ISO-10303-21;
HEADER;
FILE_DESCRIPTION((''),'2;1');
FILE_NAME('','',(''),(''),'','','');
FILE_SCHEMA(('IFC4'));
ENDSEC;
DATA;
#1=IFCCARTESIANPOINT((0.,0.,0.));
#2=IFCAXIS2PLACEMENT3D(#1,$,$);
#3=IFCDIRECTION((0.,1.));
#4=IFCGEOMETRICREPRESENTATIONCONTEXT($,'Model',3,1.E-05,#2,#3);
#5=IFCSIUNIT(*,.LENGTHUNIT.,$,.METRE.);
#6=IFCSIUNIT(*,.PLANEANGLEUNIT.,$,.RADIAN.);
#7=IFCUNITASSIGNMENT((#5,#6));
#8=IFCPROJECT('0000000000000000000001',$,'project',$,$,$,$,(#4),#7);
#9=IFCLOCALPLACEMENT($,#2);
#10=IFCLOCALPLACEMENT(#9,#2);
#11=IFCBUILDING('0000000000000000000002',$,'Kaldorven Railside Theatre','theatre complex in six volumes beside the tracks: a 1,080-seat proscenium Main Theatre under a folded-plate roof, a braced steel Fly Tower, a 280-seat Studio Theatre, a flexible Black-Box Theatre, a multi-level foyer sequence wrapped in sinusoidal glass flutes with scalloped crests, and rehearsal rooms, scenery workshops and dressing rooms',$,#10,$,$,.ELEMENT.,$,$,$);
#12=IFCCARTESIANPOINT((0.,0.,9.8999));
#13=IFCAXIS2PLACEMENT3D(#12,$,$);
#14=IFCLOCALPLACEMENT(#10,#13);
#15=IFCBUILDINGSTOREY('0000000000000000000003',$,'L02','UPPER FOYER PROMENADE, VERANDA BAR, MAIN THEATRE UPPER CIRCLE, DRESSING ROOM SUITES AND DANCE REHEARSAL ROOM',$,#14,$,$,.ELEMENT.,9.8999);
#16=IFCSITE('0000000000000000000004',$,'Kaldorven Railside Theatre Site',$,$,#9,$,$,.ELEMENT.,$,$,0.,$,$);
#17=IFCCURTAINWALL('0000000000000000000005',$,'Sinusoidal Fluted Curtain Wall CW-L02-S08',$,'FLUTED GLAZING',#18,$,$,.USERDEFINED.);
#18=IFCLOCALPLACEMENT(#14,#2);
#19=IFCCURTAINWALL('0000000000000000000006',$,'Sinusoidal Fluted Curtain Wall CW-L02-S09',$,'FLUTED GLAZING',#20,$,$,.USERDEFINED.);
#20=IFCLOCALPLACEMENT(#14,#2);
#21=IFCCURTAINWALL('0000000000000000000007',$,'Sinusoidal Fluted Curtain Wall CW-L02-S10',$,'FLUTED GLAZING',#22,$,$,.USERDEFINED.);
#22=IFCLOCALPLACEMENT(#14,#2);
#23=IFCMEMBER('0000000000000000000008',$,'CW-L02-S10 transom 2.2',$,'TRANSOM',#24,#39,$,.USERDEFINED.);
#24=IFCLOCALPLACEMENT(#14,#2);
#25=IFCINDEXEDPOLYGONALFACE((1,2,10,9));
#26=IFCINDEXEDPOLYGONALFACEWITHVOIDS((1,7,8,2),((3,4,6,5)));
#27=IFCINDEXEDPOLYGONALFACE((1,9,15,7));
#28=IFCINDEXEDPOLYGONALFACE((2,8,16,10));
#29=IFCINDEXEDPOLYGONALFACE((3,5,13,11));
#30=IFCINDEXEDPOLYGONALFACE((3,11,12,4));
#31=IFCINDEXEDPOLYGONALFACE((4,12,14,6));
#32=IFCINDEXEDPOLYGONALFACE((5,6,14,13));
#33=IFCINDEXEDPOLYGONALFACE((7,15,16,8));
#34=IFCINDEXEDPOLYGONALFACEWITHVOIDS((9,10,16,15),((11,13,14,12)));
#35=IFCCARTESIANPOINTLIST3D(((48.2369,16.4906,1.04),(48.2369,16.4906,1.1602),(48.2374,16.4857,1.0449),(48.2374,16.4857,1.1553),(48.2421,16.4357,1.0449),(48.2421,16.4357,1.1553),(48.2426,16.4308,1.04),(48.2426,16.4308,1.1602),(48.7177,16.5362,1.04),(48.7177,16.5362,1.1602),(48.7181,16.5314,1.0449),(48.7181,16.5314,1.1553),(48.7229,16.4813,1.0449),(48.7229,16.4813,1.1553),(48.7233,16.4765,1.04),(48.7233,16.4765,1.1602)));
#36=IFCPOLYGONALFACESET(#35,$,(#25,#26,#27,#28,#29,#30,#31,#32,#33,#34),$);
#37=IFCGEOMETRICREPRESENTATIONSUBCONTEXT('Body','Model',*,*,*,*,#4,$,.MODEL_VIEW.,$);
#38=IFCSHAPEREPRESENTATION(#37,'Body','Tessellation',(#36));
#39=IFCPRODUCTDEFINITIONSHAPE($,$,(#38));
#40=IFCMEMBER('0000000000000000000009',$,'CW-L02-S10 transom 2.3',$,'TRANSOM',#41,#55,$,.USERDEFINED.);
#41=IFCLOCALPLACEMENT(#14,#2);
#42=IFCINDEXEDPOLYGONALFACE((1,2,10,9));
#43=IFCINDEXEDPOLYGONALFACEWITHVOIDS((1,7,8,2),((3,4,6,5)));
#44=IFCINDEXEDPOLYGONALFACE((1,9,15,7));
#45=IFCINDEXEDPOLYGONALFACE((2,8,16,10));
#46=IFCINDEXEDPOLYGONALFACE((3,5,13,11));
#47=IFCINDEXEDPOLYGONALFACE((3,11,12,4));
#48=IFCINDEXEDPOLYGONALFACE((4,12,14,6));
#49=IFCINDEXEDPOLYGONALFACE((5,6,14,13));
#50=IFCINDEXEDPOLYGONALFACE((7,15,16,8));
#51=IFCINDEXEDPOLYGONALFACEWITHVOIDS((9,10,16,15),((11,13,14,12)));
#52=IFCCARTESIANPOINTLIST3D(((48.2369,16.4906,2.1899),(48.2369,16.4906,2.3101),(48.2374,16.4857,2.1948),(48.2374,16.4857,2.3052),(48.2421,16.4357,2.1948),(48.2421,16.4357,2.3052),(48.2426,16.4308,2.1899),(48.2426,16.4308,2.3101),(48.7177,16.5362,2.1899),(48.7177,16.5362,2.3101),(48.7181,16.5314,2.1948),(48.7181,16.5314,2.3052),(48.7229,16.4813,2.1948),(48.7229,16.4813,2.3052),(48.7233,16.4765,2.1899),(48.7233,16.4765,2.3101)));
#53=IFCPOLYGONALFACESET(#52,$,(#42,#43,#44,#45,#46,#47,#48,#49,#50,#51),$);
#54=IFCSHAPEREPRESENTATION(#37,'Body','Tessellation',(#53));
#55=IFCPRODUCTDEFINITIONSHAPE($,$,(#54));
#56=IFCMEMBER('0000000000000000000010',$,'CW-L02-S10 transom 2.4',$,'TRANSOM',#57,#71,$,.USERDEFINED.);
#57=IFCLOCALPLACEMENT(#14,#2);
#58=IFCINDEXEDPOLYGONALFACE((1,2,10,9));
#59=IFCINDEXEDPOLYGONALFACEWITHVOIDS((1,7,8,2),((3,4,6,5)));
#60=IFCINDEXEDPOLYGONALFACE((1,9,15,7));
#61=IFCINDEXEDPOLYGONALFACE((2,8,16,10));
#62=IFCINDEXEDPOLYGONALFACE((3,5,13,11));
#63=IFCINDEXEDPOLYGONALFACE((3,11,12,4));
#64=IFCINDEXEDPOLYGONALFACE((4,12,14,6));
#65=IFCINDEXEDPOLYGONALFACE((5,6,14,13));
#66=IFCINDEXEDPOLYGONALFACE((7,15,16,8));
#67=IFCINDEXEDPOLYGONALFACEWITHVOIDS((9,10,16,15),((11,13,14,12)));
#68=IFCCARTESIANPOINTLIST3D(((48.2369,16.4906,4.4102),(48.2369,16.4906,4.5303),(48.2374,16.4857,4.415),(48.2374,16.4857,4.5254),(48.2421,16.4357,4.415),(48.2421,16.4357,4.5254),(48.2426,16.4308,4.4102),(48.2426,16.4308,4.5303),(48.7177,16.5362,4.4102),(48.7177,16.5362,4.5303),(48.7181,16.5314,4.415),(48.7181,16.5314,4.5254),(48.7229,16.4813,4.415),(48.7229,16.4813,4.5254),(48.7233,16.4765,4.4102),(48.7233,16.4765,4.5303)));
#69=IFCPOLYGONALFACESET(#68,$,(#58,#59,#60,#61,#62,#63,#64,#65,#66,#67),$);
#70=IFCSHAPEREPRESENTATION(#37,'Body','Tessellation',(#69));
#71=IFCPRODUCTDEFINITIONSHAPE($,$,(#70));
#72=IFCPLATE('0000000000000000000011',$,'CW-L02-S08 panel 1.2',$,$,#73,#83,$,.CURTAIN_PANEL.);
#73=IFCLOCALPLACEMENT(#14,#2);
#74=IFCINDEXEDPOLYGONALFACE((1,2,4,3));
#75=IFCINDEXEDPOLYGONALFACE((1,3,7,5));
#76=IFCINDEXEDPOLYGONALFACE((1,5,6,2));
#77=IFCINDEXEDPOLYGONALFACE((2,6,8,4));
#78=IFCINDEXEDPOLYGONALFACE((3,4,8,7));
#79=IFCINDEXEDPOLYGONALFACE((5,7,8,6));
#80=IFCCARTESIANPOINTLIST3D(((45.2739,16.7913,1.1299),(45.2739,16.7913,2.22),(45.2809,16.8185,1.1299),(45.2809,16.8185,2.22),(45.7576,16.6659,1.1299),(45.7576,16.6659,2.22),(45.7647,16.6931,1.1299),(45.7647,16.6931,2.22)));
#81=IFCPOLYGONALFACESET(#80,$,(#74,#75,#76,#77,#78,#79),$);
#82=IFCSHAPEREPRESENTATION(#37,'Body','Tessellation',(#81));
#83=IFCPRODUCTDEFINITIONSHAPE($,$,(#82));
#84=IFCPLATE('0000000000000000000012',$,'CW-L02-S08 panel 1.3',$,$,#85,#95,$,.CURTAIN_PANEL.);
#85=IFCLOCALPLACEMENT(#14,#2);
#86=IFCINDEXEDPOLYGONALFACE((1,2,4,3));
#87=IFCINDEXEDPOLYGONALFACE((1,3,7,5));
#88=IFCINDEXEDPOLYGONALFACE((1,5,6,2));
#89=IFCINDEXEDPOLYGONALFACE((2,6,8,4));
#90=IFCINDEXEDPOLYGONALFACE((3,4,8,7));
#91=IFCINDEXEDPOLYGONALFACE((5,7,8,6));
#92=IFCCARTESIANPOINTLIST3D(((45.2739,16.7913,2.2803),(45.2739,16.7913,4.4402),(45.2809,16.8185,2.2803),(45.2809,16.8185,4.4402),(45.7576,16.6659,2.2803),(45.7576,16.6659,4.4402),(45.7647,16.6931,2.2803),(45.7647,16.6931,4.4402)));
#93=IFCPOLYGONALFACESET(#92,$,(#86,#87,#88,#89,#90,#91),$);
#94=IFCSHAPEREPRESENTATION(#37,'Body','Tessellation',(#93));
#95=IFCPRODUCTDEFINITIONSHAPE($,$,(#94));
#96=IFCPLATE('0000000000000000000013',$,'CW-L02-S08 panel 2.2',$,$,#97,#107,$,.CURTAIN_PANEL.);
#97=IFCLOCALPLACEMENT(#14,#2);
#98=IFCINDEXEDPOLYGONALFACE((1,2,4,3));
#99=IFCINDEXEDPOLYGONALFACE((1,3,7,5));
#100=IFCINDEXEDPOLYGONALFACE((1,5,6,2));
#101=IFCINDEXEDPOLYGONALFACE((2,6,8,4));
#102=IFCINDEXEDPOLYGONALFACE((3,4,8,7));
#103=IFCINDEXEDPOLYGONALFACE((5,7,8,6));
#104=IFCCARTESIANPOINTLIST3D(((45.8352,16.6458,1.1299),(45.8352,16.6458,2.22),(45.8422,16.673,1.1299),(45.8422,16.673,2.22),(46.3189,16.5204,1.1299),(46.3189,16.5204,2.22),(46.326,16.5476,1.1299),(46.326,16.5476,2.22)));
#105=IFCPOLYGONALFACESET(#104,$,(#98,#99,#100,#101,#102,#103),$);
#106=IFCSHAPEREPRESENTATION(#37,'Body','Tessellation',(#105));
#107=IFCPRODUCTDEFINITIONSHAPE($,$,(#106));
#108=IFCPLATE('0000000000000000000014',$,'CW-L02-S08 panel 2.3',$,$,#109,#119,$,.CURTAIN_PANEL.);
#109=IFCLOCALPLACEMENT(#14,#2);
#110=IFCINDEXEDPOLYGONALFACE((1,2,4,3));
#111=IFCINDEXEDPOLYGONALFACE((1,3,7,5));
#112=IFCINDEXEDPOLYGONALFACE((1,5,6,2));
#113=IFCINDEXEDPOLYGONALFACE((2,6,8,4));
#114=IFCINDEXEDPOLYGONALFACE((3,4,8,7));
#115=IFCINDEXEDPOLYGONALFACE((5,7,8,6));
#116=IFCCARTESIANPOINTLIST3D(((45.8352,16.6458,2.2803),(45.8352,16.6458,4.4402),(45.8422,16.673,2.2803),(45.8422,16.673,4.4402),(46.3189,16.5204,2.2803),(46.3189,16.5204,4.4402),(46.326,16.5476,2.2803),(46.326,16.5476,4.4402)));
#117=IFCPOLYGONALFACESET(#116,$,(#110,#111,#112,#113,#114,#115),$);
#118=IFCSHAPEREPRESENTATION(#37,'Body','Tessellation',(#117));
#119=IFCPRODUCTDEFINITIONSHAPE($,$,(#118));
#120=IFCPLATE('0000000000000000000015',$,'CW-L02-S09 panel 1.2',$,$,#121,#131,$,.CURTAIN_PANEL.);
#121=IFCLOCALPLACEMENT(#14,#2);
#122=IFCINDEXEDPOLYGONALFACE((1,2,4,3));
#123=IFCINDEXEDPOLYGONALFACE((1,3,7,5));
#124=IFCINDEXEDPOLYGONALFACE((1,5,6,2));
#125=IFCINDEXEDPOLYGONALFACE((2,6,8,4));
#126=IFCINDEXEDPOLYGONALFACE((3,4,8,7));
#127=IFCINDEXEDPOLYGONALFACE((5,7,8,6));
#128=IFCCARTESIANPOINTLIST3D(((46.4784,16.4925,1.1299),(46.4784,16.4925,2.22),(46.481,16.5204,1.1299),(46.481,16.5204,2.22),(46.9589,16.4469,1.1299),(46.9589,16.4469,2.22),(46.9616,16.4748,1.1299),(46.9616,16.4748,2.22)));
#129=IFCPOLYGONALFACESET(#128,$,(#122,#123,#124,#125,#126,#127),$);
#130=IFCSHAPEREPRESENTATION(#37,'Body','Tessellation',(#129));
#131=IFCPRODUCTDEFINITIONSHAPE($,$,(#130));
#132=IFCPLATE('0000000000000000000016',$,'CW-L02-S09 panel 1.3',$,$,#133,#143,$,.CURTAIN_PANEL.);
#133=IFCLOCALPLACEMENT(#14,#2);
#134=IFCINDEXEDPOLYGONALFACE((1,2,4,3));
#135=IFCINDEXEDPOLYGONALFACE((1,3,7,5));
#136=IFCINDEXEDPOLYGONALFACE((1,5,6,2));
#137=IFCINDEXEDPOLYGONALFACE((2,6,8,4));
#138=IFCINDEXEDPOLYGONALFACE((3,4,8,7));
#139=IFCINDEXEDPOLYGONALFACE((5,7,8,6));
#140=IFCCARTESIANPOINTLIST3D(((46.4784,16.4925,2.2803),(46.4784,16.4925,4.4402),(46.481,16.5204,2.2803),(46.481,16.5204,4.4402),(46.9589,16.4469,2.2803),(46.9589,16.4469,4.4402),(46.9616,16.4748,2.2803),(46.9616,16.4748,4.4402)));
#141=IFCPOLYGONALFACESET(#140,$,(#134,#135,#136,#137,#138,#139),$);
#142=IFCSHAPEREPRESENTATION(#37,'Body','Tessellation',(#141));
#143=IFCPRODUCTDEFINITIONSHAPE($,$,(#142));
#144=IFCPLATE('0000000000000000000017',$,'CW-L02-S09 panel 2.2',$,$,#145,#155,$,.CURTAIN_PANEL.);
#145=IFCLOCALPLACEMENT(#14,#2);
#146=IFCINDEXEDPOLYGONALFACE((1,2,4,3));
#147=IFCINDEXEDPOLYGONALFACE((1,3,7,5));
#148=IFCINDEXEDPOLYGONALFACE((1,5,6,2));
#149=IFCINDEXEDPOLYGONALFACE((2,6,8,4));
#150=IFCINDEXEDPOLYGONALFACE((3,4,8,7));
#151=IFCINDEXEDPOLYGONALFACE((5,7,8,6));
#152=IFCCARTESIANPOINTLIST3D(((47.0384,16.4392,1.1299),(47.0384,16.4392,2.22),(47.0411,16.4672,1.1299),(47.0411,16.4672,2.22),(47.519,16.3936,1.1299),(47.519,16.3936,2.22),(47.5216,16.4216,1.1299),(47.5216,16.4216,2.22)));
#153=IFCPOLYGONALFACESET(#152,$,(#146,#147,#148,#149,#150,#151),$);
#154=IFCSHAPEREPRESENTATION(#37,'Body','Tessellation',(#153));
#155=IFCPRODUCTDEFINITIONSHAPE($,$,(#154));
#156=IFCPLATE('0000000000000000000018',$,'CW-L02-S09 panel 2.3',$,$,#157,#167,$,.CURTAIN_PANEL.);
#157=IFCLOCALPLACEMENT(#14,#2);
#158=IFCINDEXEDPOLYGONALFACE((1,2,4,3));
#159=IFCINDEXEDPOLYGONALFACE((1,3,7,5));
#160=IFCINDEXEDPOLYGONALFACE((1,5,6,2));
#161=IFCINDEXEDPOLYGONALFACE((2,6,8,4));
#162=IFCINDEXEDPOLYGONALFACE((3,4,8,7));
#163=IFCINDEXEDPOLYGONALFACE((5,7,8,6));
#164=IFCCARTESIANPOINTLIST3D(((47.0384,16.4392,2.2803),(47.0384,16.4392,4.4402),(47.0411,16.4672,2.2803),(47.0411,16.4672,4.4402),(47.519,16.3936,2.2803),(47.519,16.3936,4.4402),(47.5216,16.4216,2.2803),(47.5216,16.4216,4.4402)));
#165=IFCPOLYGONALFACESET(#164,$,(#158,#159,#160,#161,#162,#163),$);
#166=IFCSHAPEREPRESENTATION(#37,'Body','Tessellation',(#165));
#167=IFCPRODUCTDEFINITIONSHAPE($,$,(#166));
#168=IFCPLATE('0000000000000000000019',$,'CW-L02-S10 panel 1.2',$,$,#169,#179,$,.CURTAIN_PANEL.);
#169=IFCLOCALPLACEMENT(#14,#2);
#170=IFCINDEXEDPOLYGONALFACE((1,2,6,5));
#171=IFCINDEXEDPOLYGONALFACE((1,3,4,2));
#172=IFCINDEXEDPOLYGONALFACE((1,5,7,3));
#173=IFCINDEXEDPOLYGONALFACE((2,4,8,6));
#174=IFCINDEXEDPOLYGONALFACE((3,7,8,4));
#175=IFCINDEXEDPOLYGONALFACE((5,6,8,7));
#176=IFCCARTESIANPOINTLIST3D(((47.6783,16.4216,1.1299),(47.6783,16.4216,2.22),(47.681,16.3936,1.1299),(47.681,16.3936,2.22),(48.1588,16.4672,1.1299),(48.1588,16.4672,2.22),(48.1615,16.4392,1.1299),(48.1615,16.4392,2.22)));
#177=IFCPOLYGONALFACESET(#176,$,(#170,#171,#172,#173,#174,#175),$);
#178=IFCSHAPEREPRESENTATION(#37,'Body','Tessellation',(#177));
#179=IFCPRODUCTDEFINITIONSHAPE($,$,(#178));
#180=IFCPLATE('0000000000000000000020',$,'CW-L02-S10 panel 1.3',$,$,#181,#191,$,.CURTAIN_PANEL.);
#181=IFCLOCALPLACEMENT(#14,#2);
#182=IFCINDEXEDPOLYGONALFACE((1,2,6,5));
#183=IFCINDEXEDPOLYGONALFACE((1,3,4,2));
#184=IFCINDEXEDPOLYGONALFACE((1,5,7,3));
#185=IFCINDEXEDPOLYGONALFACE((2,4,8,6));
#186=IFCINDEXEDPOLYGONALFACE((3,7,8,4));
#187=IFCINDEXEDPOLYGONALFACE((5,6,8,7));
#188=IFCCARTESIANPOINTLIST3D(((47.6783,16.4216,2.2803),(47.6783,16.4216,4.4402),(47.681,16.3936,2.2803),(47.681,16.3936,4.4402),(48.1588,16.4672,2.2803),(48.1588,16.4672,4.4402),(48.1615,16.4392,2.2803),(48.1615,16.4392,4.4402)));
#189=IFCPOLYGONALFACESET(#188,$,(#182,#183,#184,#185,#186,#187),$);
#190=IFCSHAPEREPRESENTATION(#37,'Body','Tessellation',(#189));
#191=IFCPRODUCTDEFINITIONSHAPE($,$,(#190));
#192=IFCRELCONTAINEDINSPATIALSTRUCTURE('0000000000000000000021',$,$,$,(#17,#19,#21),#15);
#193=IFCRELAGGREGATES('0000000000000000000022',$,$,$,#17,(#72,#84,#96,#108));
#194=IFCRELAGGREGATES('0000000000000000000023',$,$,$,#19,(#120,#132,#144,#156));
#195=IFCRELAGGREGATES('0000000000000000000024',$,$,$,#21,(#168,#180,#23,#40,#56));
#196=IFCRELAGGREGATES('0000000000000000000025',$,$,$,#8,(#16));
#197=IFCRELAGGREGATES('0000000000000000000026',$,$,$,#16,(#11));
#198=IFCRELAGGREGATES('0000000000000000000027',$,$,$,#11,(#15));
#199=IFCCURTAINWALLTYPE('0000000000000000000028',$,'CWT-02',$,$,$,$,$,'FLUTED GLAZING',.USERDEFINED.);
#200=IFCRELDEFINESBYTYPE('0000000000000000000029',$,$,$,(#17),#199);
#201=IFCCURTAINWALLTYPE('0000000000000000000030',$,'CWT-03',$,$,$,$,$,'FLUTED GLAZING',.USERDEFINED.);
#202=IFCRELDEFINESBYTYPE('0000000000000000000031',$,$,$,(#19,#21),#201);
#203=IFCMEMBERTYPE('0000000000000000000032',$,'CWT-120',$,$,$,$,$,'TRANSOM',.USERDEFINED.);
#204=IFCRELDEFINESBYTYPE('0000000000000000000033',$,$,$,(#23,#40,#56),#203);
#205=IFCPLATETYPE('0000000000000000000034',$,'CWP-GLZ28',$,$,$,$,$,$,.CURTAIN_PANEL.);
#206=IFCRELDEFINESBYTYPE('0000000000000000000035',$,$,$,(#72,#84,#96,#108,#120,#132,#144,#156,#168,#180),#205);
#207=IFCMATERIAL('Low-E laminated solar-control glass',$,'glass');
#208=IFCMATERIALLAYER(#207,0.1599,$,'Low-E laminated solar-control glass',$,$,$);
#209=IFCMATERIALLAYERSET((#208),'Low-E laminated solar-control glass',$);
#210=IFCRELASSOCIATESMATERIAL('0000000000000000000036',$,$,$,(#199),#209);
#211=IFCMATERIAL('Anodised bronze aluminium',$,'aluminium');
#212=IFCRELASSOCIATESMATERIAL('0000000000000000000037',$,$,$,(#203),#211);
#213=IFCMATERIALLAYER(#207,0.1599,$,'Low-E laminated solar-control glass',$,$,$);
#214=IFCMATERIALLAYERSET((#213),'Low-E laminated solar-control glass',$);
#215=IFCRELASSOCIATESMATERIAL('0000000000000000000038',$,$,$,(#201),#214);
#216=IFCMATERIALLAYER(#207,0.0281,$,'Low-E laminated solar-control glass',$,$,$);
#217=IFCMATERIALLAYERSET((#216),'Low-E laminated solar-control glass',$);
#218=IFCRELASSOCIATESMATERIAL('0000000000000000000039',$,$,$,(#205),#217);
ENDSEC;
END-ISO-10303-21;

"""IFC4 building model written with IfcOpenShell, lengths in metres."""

from ifc_helpers import new_model, si_unit, direction, frame, origin, origin_2d, place, context, subcontext, project, spatial, rectangle, hollow_rectangle, extrude, material, layer, layer_set, material_profile, profile_set, type_object, element, aggregate, save


model = new_model("IFC4")

# Units and contexts
model_context = context("Model", 3, precision=1e-05, world=origin(), true_north=direction((0.0, 1.0)))
body_context = subcontext(model_context, "Body", "Model", "MODEL_VIEW")
ifc_project = project(units=[si_unit("LENGTHUNIT", "METRE"), si_unit("PLANEANGLEUNIT", "RADIAN")], contexts=[model_context])

# Site, building, storey
site_placement = place(None, origin())
site = spatial("IfcSite", under=ifc_project, at=site_placement, Name="Kaldorven Railside Theatre Site", CompositionType="ELEMENT", RefElevation=0.0)
building_placement = place(site_placement, origin())
building = spatial("IfcBuilding", under=site, at=building_placement, Name="Kaldorven Railside Theatre", Description="theatre complex in six volumes beside the tracks: a 1,080-seat proscenium Main Theatre under a folded-plate roof, a braced steel Fly Tower, a 280-seat Studio Theatre, a flexible Black-Box Theatre, a multi-level foyer sequence wrapped in sinusoidal glass flutes with scalloped crests, and rehearsal rooms, scenery workshops and dressing rooms", CompositionType="ELEMENT")
storey_placement = place(building_placement, frame((0.0, 0.0, 9.8999)))
storey = spatial("IfcBuildingStorey", under=building, at=storey_placement, Name="L02", Description="UPPER FOYER PROMENADE, VERANDA BAR, MAIN THEATRE UPPER CIRCLE, DRESSING ROOM SUITES AND DANCE REHEARSAL ROOM", CompositionType="ELEMENT", Elevation=9.8999)

# Curtain walls, members
ifc_material_1 = material(Name="Low-E laminated solar-control glass", Category="glass")
ifc_layer_1 = layer(ifc_material_1, 0.1599, Name="Low-E laminated solar-control glass")
ifc_layer_set_1 = layer_set([ifc_layer_1], Name="Low-E laminated solar-control glass")
curtain_wall_type_1 = type_object("IfcCurtainWallType", Name="CWT-02", ElementType="FLUTED GLAZING", PredefinedType="USERDEFINED", material=ifc_layer_set_1)
curtain_wall_1_placement = place(storey_placement, origin())
curtain_wall_1 = element("IfcCurtainWall", 1, at=curtain_wall_1_placement, inside=storey, type_object=curtain_wall_type_1, Name="Sinusoidal Fluted Curtain Wall CW-L02-S08", ObjectType="FLUTED GLAZING", PredefinedType="USERDEFINED")
ifc_material_2 = material(Name="Anodised bronze aluminium", Category="aluminium")
ifc_material_profile = material_profile(ifc_material_2, hollow_rectangle(XDim=0.0601, YDim=0.1201, WallThickness=0.0049, at=origin_2d()), Name="RHS 120x60x5")
ifc_profile_set = profile_set([ifc_material_profile], Name="Anodised bronze aluminium")
member_type = type_object("IfcMemberType", Name="CWT-120", ElementType="TRANSOM", PredefinedType="USERDEFINED", material=ifc_profile_set)
ifc_layer_2 = layer(ifc_material_1, 0.1599, Name="Low-E laminated solar-control glass")
ifc_layer_set_2 = layer_set([ifc_layer_2], Name="Low-E laminated solar-control glass")
curtain_wall_type_2 = type_object("IfcCurtainWallType", Name="CWT-03", ElementType="FLUTED GLAZING", PredefinedType="USERDEFINED", material=ifc_layer_set_2)
curtain_wall_2_placement = place(storey_placement, origin())
curtain_wall_2 = element("IfcCurtainWall", 2, at=curtain_wall_2_placement, inside=storey, type_object=curtain_wall_type_2, Name="Sinusoidal Fluted Curtain Wall CW-L02-S09", ObjectType="FLUTED GLAZING", PredefinedType="USERDEFINED")
curtain_wall_3_placement = place(storey_placement, origin())
curtain_wall_3 = element("IfcCurtainWall", 3, at=curtain_wall_3_placement, inside=storey, type_object=curtain_wall_type_2, Name="Sinusoidal Fluted Curtain Wall CW-L02-S10", ObjectType="FLUTED GLAZING", PredefinedType="USERDEFINED")
member_1_placement = place(storey_placement, frame((48.2397, 16.4607, 1.1001), z_axis=(0.99552, 0.094547, 0.0), x_axis=(-0.094547, 0.99552, 0.0)))
member_1 = element("IfcMember", 4, at=member_1_placement, type_object=member_type, Name="CW-L02-S10 transom 2.2", ObjectType="TRANSOM", PredefinedType="USERDEFINED", context=body_context, shape_type="SweptSolid", body=[
    extrude(hollow_rectangle(XDim=0.0601, YDim=0.1201, WallThickness=0.0049, at=origin_2d()), origin(), (0.0, 0.0, 1.0), 0.4829),
])
member_2_placement = place(storey_placement, frame((48.2397, 16.4607, 2.25), z_axis=(0.99552, 0.094547, 0.0), x_axis=(-0.094547, 0.99552, 0.0)))
member_2 = element("IfcMember", 5, at=member_2_placement, type_object=member_type, Name="CW-L02-S10 transom 2.3", ObjectType="TRANSOM", PredefinedType="USERDEFINED", context=body_context, shape_type="SweptSolid", body=[
    extrude(hollow_rectangle(XDim=0.0601, YDim=0.1201, WallThickness=0.0049, at=origin_2d()), origin(), (0.0, 0.0, 1.0), 0.4829),
])
member_3_placement = place(storey_placement, frame((48.2397, 16.4607, 4.4702), z_axis=(0.99552, 0.094547, 0.0), x_axis=(-0.094547, 0.99552, 0.0)))
member_3 = element("IfcMember", 6, at=member_3_placement, type_object=member_type, Name="CW-L02-S10 transom 2.4", ObjectType="TRANSOM", PredefinedType="USERDEFINED", context=body_context, shape_type="SweptSolid", body=[
    extrude(hollow_rectangle(XDim=0.0601, YDim=0.1201, WallThickness=0.0049, at=origin_2d()), origin(), (0.0, 0.0, 1.0), 0.4829),
])

# Plates
ifc_layer_3 = layer(ifc_material_1, 0.0281, Name="Low-E laminated solar-control glass")
ifc_layer_set_3 = layer_set([ifc_layer_3], Name="Low-E laminated solar-control glass")
plate_type = type_object("IfcPlateType", Name="CWP-GLZ28", PredefinedType="CURTAIN_PANEL", material=ifc_layer_set_3)
plate_1_placement = place(storey_placement, frame((45.5193, 16.7422, 1.1299), z_axis=(0.0, 0.0, 1.0), x_axis=(0.967999, -0.250954, 0.0)))
plate_1 = element("IfcPlate", 7, at=plate_1_placement, type_object=plate_type, Name="CW-L02-S08 panel 1.2", PredefinedType="CURTAIN_PANEL", context=body_context, shape_type="SweptSolid", body=[
    extrude(rectangle(XDim=0.4998, YDim=0.0281, at=origin_2d()), origin(), (0.0, 0.0, 1.0), 1.0901),
])
plate_2_placement = place(storey_placement, frame((45.5193, 16.7422, 2.2803), z_axis=(0.0, 0.0, 1.0), x_axis=(0.967999, -0.250954, 0.0)))
plate_2 = element("IfcPlate", 8, at=plate_2_placement, type_object=plate_type, Name="CW-L02-S08 panel 1.3", PredefinedType="CURTAIN_PANEL", context=body_context, shape_type="SweptSolid", body=[
    extrude(rectangle(XDim=0.4998, YDim=0.0281, at=origin_2d()), origin(), (0.0, 0.0, 1.0), 2.1599),
])
plate_3_placement = place(storey_placement, frame((46.0806, 16.5967, 1.1299), z_axis=(0.0, 0.0, 1.0), x_axis=(0.967999, -0.250954, 0.0)))
plate_3 = element("IfcPlate", 9, at=plate_3_placement, type_object=plate_type, Name="CW-L02-S08 panel 2.2", PredefinedType="CURTAIN_PANEL", context=body_context, shape_type="SweptSolid", body=[
    extrude(rectangle(XDim=0.4998, YDim=0.0281, at=origin_2d()), origin(), (0.0, 0.0, 1.0), 1.0901),
])
plate_4_placement = place(storey_placement, frame((46.0806, 16.5967, 2.2803), z_axis=(0.0, 0.0, 1.0), x_axis=(0.967999, -0.250954, 0.0)))
plate_4 = element("IfcPlate", 10, at=plate_4_placement, type_object=plate_type, Name="CW-L02-S08 panel 2.3", PredefinedType="CURTAIN_PANEL", context=body_context, shape_type="SweptSolid", body=[
    extrude(rectangle(XDim=0.4998, YDim=0.0281, at=origin_2d()), origin(), (0.0, 0.0, 1.0), 2.1599),
])
aggregate(curtain_wall_1, [plate_1, plate_2, plate_3, plate_4])
plate_5_placement = place(storey_placement, frame((46.72, 16.4836, 1.1299), z_axis=(0.0, 0.0, 1.0), x_axis=(0.995526, -0.094492, 0.0)))
plate_5 = element("IfcPlate", 11, at=plate_5_placement, type_object=plate_type, Name="CW-L02-S09 panel 1.2", PredefinedType="CURTAIN_PANEL", context=body_context, shape_type="SweptSolid", body=[
    extrude(rectangle(XDim=0.4827, YDim=0.0281, at=origin_2d()), origin(), (0.0, 0.0, 1.0), 1.0901),
])
plate_6_placement = place(storey_placement, frame((46.72, 16.4836, 2.2803), z_axis=(0.0, 0.0, 1.0), x_axis=(0.995526, -0.094492, 0.0)))
plate_6 = element("IfcPlate", 12, at=plate_6_placement, type_object=plate_type, Name="CW-L02-S09 panel 1.3", PredefinedType="CURTAIN_PANEL", context=body_context, shape_type="SweptSolid", body=[
    extrude(rectangle(XDim=0.4827, YDim=0.0281, at=origin_2d()), origin(), (0.0, 0.0, 1.0), 2.1599),
])
plate_7_placement = place(storey_placement, frame((47.28, 16.4304, 1.1299), z_axis=(0.0, 0.0, 1.0), x_axis=(0.995526, -0.094492, 0.0)))
plate_7 = element("IfcPlate", 13, at=plate_7_placement, type_object=plate_type, Name="CW-L02-S09 panel 2.2", PredefinedType="CURTAIN_PANEL", context=body_context, shape_type="SweptSolid", body=[
    extrude(rectangle(XDim=0.4827, YDim=0.0281, at=origin_2d()), origin(), (0.0, 0.0, 1.0), 1.0901),
])
plate_8_placement = place(storey_placement, frame((47.28, 16.4304, 2.2803), z_axis=(0.0, 0.0, 1.0), x_axis=(0.995526, -0.094492, 0.0)))
plate_8 = element("IfcPlate", 14, at=plate_8_placement, type_object=plate_type, Name="CW-L02-S09 panel 2.3", PredefinedType="CURTAIN_PANEL", context=body_context, shape_type="SweptSolid", body=[
    extrude(rectangle(XDim=0.4827, YDim=0.0281, at=origin_2d()), origin(), (0.0, 0.0, 1.0), 2.1599),
])
aggregate(curtain_wall_2, [plate_5, plate_6, plate_7, plate_8])
plate_9_placement = place(storey_placement, frame((47.9199, 16.4304, 1.1299), z_axis=(0.0, 0.0, 1.0), x_axis=(0.995526, 0.094492, 0.0)))
plate_9 = element("IfcPlate", 15, at=plate_9_placement, type_object=plate_type, Name="CW-L02-S10 panel 1.2", PredefinedType="CURTAIN_PANEL", context=body_context, shape_type="SweptSolid", body=[
    extrude(rectangle(XDim=0.4827, YDim=0.0281, at=origin_2d()), origin(), (0.0, 0.0, 1.0), 1.0901),
])
plate_10_placement = place(storey_placement, frame((47.9199, 16.4304, 2.2803), z_axis=(0.0, 0.0, 1.0), x_axis=(0.995526, 0.094492, 0.0)))
plate_10 = element("IfcPlate", 16, at=plate_10_placement, type_object=plate_type, Name="CW-L02-S10 panel 1.3", PredefinedType="CURTAIN_PANEL", context=body_context, shape_type="SweptSolid", body=[
    extrude(rectangle(XDim=0.4827, YDim=0.0281, at=origin_2d()), origin(), (0.0, 0.0, 1.0), 2.1599),
])
aggregate(curtain_wall_3, [plate_9, plate_10, member_1, member_2, member_3])

save(model, "model.ifc")
